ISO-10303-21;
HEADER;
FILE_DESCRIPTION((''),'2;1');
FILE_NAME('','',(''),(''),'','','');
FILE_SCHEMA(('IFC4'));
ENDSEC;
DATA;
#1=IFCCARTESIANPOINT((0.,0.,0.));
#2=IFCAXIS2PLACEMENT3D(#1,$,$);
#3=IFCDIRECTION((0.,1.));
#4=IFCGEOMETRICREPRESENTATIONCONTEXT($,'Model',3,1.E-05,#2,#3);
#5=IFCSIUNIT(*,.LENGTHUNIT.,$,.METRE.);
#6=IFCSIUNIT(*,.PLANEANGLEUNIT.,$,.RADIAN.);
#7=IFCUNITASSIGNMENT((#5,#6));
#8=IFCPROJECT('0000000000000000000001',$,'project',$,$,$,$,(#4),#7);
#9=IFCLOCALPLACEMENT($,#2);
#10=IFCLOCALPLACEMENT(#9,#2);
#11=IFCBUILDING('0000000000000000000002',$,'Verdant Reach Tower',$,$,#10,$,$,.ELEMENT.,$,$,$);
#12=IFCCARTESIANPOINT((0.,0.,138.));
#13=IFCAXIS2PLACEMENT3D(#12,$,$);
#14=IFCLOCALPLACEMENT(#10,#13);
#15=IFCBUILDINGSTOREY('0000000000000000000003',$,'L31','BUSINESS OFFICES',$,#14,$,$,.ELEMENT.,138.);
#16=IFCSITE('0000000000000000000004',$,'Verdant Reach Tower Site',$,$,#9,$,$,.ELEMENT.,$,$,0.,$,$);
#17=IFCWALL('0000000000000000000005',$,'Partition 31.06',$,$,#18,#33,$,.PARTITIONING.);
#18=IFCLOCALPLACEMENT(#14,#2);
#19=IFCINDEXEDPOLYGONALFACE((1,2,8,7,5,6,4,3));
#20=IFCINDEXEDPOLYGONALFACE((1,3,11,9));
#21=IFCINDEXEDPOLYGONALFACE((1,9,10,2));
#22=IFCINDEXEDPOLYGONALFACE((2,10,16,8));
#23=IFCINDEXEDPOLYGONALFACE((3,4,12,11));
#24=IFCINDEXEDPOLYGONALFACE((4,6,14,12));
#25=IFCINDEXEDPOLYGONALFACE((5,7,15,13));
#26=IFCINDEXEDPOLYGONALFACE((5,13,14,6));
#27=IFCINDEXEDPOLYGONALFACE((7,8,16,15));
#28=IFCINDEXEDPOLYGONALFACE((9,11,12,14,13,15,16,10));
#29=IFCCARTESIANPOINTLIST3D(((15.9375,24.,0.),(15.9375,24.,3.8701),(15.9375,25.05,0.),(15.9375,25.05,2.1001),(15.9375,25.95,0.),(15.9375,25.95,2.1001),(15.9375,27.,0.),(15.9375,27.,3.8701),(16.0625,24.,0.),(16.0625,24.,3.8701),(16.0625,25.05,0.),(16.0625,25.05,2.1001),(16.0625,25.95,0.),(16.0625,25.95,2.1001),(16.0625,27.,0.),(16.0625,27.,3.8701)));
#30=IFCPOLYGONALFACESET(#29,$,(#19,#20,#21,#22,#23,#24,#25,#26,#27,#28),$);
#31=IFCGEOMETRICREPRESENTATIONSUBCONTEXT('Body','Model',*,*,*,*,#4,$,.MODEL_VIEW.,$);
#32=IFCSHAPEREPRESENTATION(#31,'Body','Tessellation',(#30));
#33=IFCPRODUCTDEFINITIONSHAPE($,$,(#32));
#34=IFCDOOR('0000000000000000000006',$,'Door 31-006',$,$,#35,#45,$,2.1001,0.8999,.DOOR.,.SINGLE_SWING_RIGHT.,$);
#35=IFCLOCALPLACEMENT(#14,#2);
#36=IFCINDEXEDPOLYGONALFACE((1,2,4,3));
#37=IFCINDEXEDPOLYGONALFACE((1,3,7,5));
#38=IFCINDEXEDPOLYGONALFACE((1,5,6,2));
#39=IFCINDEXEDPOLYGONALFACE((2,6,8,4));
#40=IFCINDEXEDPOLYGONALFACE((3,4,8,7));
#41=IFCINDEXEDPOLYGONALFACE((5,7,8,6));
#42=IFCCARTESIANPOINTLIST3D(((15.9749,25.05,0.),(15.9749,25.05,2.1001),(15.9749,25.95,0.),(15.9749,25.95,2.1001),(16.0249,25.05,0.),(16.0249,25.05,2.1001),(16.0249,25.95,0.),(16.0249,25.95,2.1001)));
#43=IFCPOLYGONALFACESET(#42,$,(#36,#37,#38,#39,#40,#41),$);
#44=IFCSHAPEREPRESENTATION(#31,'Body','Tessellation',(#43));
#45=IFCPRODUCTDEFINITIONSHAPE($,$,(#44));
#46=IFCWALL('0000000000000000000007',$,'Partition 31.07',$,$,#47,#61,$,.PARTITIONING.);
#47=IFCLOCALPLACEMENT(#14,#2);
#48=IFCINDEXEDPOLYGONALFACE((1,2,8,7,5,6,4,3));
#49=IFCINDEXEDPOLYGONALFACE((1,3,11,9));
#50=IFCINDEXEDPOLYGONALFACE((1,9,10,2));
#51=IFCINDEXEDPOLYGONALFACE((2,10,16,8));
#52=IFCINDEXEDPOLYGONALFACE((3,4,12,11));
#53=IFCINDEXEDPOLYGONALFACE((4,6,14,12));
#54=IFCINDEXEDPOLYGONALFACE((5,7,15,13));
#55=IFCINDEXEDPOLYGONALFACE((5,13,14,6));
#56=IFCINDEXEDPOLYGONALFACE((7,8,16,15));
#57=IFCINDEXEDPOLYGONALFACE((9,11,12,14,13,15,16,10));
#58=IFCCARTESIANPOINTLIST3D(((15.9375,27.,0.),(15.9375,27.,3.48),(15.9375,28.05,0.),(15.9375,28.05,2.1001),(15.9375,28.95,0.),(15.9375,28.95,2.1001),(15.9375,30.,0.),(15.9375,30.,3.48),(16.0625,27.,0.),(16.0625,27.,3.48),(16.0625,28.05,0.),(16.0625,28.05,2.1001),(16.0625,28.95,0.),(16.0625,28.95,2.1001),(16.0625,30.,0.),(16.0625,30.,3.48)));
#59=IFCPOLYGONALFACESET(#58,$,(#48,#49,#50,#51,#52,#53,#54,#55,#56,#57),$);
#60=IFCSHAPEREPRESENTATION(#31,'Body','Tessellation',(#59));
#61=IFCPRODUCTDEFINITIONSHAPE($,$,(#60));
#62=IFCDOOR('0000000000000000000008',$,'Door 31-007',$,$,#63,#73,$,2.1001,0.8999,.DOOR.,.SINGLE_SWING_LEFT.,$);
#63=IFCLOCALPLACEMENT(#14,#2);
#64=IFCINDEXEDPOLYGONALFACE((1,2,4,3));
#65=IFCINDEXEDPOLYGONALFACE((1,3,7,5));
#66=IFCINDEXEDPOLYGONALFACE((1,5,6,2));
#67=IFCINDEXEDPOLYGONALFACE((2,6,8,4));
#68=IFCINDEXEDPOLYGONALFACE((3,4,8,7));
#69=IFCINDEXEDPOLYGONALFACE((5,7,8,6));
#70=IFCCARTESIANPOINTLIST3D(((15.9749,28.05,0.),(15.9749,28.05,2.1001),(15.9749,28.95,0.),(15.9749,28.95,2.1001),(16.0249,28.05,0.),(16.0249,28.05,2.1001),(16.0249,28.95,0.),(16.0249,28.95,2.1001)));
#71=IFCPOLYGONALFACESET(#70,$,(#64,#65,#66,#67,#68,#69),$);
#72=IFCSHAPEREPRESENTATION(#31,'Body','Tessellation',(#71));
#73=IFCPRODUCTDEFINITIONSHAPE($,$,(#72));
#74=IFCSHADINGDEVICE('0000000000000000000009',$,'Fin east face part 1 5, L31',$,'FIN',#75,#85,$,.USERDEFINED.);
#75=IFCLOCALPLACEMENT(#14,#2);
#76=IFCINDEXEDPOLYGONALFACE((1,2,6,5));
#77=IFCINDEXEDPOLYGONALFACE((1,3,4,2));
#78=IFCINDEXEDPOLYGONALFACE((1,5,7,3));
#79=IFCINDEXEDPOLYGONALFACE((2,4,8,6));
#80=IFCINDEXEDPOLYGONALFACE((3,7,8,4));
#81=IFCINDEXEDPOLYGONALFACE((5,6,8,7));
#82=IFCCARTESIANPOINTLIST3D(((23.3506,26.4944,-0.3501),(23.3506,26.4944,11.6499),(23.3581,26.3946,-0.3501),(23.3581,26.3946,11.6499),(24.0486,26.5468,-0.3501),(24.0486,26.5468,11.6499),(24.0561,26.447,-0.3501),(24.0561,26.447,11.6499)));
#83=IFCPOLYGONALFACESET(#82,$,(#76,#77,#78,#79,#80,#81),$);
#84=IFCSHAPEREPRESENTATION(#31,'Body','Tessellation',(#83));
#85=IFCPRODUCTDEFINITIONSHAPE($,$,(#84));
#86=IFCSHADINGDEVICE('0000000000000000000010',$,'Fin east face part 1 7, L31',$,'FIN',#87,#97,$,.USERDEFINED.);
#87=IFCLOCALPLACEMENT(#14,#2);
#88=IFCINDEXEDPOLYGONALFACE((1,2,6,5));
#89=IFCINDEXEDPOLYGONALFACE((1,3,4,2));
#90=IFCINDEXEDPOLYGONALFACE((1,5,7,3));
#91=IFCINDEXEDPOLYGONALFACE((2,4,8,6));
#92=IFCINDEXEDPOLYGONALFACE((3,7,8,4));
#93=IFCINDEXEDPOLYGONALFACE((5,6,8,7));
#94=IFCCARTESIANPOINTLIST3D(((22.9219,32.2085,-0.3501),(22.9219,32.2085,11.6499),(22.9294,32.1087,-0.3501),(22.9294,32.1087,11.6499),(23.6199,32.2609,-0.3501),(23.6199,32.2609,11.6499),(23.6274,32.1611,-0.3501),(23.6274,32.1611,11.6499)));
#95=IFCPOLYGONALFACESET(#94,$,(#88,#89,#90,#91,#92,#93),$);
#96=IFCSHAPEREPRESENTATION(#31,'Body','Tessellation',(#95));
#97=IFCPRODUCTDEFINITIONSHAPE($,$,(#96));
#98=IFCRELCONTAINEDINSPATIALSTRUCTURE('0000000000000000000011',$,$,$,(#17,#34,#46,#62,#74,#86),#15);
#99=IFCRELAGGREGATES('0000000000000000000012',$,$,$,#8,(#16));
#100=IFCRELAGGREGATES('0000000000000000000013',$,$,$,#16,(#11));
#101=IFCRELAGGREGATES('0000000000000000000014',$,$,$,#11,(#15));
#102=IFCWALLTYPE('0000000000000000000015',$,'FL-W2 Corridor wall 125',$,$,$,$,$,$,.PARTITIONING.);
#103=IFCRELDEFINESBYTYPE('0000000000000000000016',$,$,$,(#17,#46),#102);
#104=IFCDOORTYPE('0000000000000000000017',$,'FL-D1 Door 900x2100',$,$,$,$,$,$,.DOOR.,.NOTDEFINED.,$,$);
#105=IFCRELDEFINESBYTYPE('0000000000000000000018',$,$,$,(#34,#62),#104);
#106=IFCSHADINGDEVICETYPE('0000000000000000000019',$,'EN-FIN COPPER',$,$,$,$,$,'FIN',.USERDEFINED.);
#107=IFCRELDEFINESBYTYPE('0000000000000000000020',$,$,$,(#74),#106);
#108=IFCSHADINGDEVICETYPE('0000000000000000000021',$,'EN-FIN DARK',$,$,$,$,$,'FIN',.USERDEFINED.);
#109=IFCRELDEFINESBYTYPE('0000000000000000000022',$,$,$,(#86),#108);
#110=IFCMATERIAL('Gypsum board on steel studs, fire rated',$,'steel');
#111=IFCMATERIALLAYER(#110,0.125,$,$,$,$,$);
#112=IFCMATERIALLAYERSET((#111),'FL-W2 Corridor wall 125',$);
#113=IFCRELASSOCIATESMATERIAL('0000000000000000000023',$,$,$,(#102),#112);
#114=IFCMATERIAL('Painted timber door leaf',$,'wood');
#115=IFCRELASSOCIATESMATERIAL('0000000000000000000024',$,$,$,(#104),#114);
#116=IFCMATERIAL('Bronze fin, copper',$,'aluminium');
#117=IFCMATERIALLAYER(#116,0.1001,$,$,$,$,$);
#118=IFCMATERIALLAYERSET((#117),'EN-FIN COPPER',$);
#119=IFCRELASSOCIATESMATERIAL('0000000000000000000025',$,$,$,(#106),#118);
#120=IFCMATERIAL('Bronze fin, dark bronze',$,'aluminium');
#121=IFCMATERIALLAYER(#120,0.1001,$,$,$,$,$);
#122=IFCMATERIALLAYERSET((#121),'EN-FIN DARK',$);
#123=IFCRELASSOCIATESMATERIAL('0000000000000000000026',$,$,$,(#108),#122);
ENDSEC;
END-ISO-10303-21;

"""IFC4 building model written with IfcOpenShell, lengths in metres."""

from ifc_helpers import new_model, si_unit, direction, frame, frame_2d, origin, origin_2d, place, context, subcontext, project, spatial, rectangle, extrude, material, layer, layer_set, type_object, element, fill, save


model = new_model("IFC4")

# Units and contexts
model_context = context("Model", 3, precision=1e-05, world=origin(), true_north=direction((0.0, 1.0)))
body_context = subcontext(model_context, "Body", "Model", "MODEL_VIEW")
ifc_project = project(units=[si_unit("LENGTHUNIT", "METRE"), si_unit("PLANEANGLEUNIT", "RADIAN")], contexts=[model_context])

# Site, building, storey
site_placement = place(None, origin())
site = spatial("IfcSite", under=ifc_project, at=site_placement, Name="Verdant Reach Tower Site", CompositionType="ELEMENT", RefElevation=0.0)
building_placement = place(site_placement, origin())
building = spatial("IfcBuilding", under=site, at=building_placement, Name="Verdant Reach Tower", CompositionType="ELEMENT")
storey_placement = place(building_placement, frame((0.0, 0.0, 138.0)))
storey = spatial("IfcBuildingStorey", under=building, at=storey_placement, Name="L31", Description="BUSINESS OFFICES", CompositionType="ELEMENT", Elevation=138.0)

# Walls, openings, doors
ifc_material_1 = material(Name="Gypsum board on steel studs, fire rated", Category="steel")
ifc_layer_1 = layer(ifc_material_1, 0.125)
ifc_layer_set_1 = layer_set([ifc_layer_1], Name="FL-W2 Corridor wall 125")
wall_type_1 = type_object("IfcWallType", Name="FL-W2 Corridor wall 125", PredefinedType="PARTITIONING", material=ifc_layer_set_1)
ifc_material_2 = material(Name="Painted timber door leaf", Category="wood")
door_type_1 = type_object("IfcDoorType", Name="FL-D1 Door 900x2100", OperationType="NOTDEFINED", PredefinedType="DOOR", material=ifc_material_2)
wall_1_placement = place(storey_placement, frame((16.0, 27.0, 0.0), z_axis=(0.0, 0.0, 1.0), x_axis=(0.0, -1.0, 0.0)))
wall_1 = element("IfcWall", 1, at=wall_1_placement, inside=storey, type_object=wall_type_1, Name="Partition 31.06", PredefinedType="PARTITIONING", context=body_context, shape_type="SweptSolid", body=[
    extrude(rectangle(XDim=3.0, YDim=0.125, at=frame_2d((1.5, 0.0))), origin(), (0.0, 0.0, 1.0), 3.8701),
])
opening_1_placement = place(wall_1_placement, frame((1.05, 0.0, 0.0)))
opening_1 = element("IfcOpeningElement", 2, at=opening_1_placement, cuts=wall_1, PredefinedType="OPENING", context=body_context, shape_type="SweptSolid", body=[
    extrude(rectangle(XDim=0.8999, YDim=2.1001, at=frame_2d((0.45, 1.05))), frame((0.0, 0.0725, 0.0), z_axis=(0.0, -1.0, 0.0), x_axis=(1.0, 0.0, 0.0)), (0.0, 0.0, 1.0), 0.145),
])
door_1_placement = place(opening_1_placement, origin())
door_1 = element("IfcDoor", 3, at=door_1_placement, inside=storey, type_object=door_type_1, Name="Door 31-006", OperationType="SINGLE_SWING_RIGHT", OverallHeight=2.1001, OverallWidth=0.8999, PredefinedType="DOOR", context=body_context, shape_type="SweptSolid", body=[
    extrude(rectangle(XDim=0.8999, YDim=2.1001, at=frame_2d((0.45, 1.05))), frame((0.0, 0.0249, 0.0), z_axis=(0.0, -1.0, 0.0), x_axis=(1.0, 0.0, 0.0)), (0.0, 0.0, 1.0), 0.05),
])
fill(opening_1, door_1)
wall_2_placement = place(storey_placement, frame((16.0, 30.0, 0.0), z_axis=(0.0, 0.0, 1.0), x_axis=(0.0, -1.0, 0.0)))
wall_2 = element("IfcWall", 4, at=wall_2_placement, inside=storey, type_object=wall_type_1, Name="Partition 31.07", PredefinedType="PARTITIONING", context=body_context, shape_type="SweptSolid", body=[
    extrude(rectangle(XDim=3.0, YDim=0.125, at=frame_2d((1.5, 0.0))), origin(), (0.0, 0.0, 1.0), 3.48),
])
opening_2_placement = place(wall_2_placement, frame((1.05, 0.0, 0.0)))
opening_2 = element("IfcOpeningElement", 5, at=opening_2_placement, cuts=wall_2, PredefinedType="OPENING", context=body_context, shape_type="SweptSolid", body=[
    extrude(rectangle(XDim=0.8999, YDim=2.1001, at=frame_2d((0.45, 1.05))), frame((0.0, 0.0725, 0.0), z_axis=(0.0, -1.0, 0.0), x_axis=(1.0, 0.0, 0.0)), (0.0, 0.0, 1.0), 0.145),
])
door_2_placement = place(opening_2_placement, origin())
door_2 = element("IfcDoor", 6, at=door_2_placement, inside=storey, type_object=door_type_1, Name="Door 31-007", OperationType="SINGLE_SWING_LEFT", OverallHeight=2.1001, OverallWidth=0.8999, PredefinedType="DOOR", context=body_context, shape_type="SweptSolid", body=[
    extrude(rectangle(XDim=0.8999, YDim=2.1001, at=frame_2d((0.45, 1.05))), frame((0.0, 0.0249, 0.0), z_axis=(0.0, -1.0, 0.0), x_axis=(1.0, 0.0, 0.0)), (0.0, 0.0, 1.0), 0.05),
])
fill(opening_2, door_2)

# Shading devices
ifc_material_3 = material(Name="Bronze fin, copper", Category="aluminium")
ifc_layer_2 = layer(ifc_material_3, 0.1001)
ifc_layer_set_2 = layer_set([ifc_layer_2], Name="EN-FIN COPPER")
shading_device_type_1 = type_object("IfcShadingDeviceType", Name="EN-FIN COPPER", ElementType="FIN", PredefinedType="USERDEFINED", material=ifc_layer_set_2)
shading_device_1_placement = place(storey_placement, frame((23.7034, 26.4707, -0.3501), z_axis=(0.0, 0.0, 1.0), x_axis=(-0.07479, 0.997199, 0.0)))
element("IfcShadingDevice", 7, at=shading_device_1_placement, inside=storey, type_object=shading_device_type_1, Name="Fin east face part 1 5, L31", ObjectType="FIN", PredefinedType="USERDEFINED", context=body_context, shape_type="SweptSolid", body=[
    extrude(rectangle(XDim=0.1001, YDim=0.7, at=origin_2d()), origin(), (0.0, 0.0, 1.0), 12.0),
])
ifc_material_4 = material(Name="Bronze fin, dark bronze", Category="aluminium")
ifc_layer_3 = layer(ifc_material_4, 0.1001)
ifc_layer_set_3 = layer_set([ifc_layer_3], Name="EN-FIN DARK")
shading_device_type_2 = type_object("IfcShadingDeviceType", Name="EN-FIN DARK", ElementType="FIN", PredefinedType="USERDEFINED", material=ifc_layer_set_3)
shading_device_2_placement = place(storey_placement, frame((23.2747, 32.1848, -0.3501), z_axis=(0.0, 0.0, 1.0), x_axis=(-0.07479, 0.997199, 0.0)))
element("IfcShadingDevice", 8, at=shading_device_2_placement, inside=storey, type_object=shading_device_type_2, Name="Fin east face part 1 7, L31", ObjectType="FIN", PredefinedType="USERDEFINED", context=body_context, shape_type="SweptSolid", body=[
    extrude(rectangle(XDim=0.1001, YDim=0.7, at=origin_2d()), origin(), (0.0, 0.0, 1.0), 12.0),
])

save(model, "model.ifc")
